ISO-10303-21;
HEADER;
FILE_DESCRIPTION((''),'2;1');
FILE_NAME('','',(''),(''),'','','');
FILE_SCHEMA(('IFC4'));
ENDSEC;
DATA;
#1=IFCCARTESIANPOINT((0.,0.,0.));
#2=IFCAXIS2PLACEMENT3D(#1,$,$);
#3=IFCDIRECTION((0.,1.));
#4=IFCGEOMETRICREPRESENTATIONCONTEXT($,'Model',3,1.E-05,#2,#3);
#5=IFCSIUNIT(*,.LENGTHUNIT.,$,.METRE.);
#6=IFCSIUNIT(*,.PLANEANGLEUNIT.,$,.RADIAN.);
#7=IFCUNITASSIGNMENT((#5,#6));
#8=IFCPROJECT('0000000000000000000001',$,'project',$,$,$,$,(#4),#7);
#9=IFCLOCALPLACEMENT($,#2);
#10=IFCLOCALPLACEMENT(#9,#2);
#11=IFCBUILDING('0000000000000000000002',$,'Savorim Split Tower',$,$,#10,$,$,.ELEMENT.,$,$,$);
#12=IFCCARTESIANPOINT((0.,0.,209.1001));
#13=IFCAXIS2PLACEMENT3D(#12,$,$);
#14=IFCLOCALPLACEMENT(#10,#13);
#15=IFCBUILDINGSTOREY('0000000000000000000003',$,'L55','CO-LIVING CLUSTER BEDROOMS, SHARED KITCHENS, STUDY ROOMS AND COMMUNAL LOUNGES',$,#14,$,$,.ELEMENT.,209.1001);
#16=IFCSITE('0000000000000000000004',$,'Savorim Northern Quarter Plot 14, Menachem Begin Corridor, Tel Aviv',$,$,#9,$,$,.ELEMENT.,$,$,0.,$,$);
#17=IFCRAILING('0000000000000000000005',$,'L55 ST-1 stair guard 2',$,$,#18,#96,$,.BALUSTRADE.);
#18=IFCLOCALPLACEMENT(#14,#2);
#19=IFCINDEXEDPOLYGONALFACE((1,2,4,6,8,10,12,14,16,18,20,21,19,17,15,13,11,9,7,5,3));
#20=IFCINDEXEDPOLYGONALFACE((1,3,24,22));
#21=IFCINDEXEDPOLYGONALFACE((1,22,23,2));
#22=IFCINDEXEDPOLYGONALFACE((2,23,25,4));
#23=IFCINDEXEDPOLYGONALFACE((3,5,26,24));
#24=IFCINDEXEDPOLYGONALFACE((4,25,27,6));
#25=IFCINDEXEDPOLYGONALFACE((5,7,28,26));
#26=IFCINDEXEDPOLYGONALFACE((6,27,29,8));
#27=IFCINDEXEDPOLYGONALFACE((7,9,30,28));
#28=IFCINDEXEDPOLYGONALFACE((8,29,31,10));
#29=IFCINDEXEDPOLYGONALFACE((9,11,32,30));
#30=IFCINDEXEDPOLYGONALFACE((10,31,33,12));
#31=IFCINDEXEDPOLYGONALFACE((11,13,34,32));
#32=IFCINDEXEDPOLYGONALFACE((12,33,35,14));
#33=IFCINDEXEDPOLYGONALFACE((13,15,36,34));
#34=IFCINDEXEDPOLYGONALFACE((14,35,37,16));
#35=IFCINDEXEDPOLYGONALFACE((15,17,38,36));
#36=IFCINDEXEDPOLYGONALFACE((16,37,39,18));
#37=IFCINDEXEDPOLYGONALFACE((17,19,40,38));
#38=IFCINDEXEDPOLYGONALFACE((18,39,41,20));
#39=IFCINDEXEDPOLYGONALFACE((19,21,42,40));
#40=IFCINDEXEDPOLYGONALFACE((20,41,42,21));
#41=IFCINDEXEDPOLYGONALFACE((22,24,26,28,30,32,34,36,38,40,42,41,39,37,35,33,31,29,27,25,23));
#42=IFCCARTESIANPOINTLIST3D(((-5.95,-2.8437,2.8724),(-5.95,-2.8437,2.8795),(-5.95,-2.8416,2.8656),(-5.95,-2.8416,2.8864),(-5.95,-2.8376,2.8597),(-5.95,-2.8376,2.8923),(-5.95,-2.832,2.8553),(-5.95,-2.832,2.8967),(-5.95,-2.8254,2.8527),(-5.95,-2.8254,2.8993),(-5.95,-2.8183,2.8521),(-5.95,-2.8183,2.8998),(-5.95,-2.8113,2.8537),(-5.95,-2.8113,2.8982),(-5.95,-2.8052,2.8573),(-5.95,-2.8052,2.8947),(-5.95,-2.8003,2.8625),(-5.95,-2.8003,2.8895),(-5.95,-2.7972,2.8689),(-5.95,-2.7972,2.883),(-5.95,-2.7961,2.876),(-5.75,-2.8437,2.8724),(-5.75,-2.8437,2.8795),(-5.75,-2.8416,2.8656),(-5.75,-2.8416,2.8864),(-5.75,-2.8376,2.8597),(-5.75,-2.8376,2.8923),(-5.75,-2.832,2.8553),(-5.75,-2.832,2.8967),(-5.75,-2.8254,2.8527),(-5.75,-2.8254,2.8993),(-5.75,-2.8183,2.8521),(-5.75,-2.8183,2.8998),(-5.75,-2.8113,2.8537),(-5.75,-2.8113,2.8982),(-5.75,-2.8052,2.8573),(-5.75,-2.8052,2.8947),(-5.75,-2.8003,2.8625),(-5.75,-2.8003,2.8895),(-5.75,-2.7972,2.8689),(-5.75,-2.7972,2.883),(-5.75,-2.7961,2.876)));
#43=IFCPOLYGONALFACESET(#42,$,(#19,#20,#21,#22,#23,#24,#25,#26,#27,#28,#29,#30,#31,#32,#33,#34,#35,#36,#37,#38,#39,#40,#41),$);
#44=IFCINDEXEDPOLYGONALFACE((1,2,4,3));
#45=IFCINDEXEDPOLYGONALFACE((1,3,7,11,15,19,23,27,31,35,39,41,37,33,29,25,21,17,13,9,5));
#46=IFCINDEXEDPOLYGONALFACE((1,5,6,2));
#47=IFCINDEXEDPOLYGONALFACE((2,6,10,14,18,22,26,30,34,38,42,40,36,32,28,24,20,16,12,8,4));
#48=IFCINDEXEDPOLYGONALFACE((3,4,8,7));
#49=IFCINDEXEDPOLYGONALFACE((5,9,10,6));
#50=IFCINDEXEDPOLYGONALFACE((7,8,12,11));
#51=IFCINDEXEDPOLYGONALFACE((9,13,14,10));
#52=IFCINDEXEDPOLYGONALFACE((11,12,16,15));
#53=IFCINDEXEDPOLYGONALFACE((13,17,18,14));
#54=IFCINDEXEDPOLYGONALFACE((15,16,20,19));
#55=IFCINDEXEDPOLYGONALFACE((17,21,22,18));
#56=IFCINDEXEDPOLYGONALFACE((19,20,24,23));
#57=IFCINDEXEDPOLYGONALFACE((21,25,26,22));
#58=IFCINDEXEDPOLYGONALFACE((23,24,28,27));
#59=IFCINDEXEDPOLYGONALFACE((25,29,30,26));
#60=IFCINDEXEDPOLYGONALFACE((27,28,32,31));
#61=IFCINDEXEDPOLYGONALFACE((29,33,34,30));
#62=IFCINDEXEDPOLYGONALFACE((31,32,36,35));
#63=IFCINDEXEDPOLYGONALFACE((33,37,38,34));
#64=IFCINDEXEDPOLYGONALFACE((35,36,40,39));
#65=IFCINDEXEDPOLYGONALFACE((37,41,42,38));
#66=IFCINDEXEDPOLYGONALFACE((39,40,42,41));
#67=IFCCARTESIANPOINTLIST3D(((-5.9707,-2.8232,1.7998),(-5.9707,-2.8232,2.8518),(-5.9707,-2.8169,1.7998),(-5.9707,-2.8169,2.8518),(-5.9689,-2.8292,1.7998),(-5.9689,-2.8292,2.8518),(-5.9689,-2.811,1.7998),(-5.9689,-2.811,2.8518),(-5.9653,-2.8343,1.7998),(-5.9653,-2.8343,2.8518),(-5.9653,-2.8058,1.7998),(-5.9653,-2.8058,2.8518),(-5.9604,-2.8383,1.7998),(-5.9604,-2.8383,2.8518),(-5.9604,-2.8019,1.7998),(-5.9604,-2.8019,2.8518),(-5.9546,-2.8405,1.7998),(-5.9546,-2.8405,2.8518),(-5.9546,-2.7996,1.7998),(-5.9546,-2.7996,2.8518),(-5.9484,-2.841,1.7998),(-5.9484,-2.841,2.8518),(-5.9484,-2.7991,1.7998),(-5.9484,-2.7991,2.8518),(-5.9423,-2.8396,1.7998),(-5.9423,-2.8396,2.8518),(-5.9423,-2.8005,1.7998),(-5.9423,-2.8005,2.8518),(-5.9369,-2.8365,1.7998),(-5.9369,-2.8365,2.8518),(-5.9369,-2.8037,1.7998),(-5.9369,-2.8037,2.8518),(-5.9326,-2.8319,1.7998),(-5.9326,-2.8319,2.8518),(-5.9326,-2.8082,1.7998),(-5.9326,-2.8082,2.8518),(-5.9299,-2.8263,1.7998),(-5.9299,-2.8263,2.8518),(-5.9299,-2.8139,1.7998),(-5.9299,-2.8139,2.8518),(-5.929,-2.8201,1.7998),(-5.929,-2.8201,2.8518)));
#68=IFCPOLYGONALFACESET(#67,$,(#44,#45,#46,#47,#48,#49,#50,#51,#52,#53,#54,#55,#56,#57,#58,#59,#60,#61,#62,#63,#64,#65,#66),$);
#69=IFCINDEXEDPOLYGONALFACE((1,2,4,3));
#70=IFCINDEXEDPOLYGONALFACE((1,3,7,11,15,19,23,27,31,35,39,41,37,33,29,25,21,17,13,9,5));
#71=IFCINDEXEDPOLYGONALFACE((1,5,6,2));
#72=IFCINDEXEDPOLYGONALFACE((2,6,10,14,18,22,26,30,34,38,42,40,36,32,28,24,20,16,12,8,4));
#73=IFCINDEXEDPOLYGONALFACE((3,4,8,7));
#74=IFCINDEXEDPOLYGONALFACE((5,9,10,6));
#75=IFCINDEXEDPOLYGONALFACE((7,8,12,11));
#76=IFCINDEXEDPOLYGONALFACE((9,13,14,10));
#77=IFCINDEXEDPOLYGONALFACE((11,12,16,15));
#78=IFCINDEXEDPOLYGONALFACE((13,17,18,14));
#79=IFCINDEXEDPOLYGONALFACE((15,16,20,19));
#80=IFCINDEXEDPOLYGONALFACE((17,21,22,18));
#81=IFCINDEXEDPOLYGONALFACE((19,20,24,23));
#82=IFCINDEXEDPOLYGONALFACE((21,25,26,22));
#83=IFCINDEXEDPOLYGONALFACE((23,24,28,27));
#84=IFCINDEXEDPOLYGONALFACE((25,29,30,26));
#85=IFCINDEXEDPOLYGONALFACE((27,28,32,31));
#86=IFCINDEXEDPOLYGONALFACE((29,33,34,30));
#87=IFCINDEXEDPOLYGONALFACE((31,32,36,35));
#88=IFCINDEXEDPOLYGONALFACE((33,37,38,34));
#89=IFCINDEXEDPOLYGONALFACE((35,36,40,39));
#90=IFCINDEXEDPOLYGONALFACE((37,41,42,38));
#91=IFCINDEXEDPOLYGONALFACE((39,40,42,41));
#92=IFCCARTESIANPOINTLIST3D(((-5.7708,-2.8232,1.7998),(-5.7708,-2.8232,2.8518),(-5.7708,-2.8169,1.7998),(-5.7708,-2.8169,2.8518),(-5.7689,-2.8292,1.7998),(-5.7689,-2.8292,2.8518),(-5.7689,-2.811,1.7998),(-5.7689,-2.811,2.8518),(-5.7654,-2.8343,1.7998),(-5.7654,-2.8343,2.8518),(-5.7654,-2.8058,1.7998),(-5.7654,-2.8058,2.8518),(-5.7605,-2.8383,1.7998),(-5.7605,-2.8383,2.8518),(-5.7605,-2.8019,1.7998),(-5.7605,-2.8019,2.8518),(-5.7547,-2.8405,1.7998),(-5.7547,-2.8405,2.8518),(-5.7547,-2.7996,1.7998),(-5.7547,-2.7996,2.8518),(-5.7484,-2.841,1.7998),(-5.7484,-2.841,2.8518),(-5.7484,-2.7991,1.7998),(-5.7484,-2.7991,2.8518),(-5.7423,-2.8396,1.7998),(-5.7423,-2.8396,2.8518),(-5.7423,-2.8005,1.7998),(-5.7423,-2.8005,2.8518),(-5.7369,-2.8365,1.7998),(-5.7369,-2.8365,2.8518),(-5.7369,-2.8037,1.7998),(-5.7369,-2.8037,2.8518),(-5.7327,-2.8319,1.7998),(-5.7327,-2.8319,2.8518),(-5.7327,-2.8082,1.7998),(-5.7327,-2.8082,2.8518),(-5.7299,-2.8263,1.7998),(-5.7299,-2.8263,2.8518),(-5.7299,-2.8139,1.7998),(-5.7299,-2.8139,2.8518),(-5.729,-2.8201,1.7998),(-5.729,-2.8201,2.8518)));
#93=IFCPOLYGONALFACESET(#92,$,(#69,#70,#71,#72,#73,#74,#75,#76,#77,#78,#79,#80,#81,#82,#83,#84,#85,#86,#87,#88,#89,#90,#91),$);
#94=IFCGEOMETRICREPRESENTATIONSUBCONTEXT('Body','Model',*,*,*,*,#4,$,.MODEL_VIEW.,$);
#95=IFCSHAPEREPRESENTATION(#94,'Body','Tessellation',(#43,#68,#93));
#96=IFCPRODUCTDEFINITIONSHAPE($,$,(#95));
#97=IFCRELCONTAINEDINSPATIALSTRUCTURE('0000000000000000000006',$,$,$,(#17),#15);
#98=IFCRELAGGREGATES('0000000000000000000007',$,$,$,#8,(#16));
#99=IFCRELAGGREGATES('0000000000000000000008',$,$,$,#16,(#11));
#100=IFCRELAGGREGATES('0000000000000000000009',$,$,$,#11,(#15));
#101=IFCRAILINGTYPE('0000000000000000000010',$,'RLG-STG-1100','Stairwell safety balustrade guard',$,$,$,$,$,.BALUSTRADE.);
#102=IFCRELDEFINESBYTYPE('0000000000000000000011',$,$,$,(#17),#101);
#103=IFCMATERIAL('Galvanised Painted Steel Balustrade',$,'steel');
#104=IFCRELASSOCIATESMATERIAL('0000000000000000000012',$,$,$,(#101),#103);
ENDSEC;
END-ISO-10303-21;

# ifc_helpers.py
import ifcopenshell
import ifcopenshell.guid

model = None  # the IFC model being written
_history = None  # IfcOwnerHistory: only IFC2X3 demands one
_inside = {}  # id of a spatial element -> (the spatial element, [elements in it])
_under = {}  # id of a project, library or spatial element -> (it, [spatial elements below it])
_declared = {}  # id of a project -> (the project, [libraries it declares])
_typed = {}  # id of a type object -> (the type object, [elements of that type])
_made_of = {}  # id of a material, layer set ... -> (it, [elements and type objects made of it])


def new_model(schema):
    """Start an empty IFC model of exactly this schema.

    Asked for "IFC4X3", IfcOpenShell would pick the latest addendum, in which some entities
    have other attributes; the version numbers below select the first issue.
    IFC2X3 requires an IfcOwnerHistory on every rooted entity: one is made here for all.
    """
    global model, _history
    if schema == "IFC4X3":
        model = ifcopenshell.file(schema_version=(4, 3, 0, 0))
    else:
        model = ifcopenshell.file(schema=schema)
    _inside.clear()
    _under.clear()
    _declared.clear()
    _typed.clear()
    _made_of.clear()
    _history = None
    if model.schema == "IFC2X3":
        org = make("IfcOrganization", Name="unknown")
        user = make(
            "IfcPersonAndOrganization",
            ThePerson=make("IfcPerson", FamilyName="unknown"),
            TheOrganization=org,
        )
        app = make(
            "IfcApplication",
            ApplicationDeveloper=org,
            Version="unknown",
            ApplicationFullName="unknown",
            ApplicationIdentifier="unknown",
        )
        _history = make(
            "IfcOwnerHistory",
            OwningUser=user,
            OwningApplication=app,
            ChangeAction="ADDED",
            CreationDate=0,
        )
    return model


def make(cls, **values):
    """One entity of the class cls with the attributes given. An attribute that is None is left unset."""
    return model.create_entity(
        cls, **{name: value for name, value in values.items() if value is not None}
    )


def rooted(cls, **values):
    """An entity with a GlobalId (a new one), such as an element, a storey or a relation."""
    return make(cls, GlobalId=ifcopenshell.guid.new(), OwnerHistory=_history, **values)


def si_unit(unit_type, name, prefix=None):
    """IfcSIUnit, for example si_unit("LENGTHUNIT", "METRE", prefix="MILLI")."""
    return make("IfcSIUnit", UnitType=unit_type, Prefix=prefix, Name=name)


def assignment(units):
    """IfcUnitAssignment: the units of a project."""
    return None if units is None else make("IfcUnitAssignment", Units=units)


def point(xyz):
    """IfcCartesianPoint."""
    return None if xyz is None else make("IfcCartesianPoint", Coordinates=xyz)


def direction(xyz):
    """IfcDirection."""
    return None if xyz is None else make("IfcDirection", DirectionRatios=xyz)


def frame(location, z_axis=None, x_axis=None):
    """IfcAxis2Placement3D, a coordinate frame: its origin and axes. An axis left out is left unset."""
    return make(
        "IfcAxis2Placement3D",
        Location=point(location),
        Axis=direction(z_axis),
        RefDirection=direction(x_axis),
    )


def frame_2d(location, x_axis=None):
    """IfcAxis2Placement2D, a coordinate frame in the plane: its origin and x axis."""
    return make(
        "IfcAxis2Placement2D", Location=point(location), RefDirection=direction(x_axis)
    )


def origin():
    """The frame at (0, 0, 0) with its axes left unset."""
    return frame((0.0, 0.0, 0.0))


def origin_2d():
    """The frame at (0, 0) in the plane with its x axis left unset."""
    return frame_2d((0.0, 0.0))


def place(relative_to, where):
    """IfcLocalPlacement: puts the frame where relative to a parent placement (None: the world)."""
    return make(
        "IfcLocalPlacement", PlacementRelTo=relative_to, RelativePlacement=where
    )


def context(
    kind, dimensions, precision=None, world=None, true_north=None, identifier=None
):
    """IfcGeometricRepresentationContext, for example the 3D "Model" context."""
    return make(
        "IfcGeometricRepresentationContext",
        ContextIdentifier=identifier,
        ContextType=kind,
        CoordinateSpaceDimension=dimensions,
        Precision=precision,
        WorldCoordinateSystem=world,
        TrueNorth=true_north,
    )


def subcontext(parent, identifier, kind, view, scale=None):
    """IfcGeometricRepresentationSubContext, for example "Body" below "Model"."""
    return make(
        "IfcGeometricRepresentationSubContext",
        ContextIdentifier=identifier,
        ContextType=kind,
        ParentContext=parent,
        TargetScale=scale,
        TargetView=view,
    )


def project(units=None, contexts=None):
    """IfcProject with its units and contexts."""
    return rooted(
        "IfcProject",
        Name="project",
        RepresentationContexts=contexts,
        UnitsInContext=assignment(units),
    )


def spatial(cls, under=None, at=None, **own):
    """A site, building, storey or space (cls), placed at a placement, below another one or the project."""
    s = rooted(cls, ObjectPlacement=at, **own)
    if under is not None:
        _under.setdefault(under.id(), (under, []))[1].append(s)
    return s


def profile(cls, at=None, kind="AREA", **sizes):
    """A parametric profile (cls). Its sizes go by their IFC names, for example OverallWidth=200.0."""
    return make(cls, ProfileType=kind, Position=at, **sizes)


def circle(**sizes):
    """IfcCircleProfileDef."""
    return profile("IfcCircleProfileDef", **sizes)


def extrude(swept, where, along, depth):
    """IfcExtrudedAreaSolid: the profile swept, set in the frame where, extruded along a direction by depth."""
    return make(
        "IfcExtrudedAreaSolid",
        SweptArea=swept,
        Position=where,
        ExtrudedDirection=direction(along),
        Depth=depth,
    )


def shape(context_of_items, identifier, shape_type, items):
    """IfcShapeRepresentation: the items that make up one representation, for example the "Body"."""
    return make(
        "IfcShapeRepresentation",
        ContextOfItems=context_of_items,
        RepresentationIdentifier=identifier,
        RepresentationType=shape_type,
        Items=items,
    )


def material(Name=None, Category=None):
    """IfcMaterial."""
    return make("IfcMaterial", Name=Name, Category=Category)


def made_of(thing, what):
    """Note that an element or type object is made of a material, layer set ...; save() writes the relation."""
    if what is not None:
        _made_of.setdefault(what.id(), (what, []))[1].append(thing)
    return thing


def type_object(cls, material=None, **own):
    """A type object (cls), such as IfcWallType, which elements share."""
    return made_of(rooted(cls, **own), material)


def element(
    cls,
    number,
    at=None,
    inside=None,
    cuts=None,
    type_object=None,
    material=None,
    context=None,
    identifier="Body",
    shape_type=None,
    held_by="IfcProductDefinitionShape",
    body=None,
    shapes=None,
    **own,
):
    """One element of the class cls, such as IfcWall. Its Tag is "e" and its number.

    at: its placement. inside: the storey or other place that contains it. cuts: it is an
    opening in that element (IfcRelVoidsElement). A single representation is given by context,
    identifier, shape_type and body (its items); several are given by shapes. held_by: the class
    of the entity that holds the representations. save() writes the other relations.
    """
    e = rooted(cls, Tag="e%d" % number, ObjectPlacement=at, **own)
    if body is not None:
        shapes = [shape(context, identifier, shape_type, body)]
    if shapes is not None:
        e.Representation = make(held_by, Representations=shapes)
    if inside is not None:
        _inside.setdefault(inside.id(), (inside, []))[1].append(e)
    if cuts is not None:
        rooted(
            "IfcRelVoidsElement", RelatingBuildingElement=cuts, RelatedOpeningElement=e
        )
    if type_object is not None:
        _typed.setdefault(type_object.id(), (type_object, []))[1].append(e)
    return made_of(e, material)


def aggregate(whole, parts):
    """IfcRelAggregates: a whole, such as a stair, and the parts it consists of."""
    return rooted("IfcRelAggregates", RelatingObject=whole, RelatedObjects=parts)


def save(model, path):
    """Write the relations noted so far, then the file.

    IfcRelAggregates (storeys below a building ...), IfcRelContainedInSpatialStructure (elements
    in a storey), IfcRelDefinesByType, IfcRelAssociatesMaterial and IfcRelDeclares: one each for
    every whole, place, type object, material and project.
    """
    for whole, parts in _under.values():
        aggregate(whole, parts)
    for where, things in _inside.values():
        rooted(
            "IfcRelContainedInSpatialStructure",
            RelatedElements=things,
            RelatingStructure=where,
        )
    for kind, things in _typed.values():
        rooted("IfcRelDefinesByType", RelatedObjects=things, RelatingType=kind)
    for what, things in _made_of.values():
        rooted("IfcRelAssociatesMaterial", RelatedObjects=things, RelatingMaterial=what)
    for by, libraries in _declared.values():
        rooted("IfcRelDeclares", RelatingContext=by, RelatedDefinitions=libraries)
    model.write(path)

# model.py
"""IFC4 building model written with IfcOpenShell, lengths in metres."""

from ifc_helpers import new_model, si_unit, direction, frame, origin, origin_2d, place, context, subcontext, project, spatial, circle, extrude, material, type_object, element, save


model = new_model("IFC4")

# Units and contexts
model_context = context("Model", 3, precision=1e-05, world=origin(), true_north=direction((0.0, 1.0)))
body_context = subcontext(model_context, "Body", "Model", "MODEL_VIEW")
ifc_project = project(units=[si_unit("LENGTHUNIT", "METRE"), si_unit("PLANEANGLEUNIT", "RADIAN")], contexts=[model_context])

# Site, building, storey
site_placement = place(None, origin())
site = spatial("IfcSite", under=ifc_project, at=site_placement, Name="Savorim Northern Quarter Plot 14, Menachem Begin Corridor, Tel Aviv", CompositionType="ELEMENT", RefElevation=0.0)
building_placement = place(site_placement, origin())
building = spatial("IfcBuilding", under=site, at=building_placement, Name="Savorim Split Tower", CompositionType="ELEMENT")
storey_placement = place(building_placement, frame((0.0, 0.0, 209.1001)))
storey = spatial("IfcBuildingStorey", under=building, at=storey_placement, Name="L55", Description="CO-LIVING CLUSTER BEDROOMS, SHARED KITCHENS, STUDY ROOMS AND COMMUNAL LOUNGES", CompositionType="ELEMENT", Elevation=209.1001)

# Railing
ifc_material_1 = material(Name="Galvanised Painted Steel Balustrade", Category="steel")
railing_type_1 = type_object("IfcRailingType", Name="RLG-STG-1100", Description="Stairwell safety balustrade guard", PredefinedType="BALUSTRADE", material=ifc_material_1)
railing_1_placement = place(storey_placement, frame((-5.95, -2.8201, 1.7998)))
element("IfcRailing", 1, at=railing_1_placement, inside=storey, type_object=railing_type_1, Name="L55 ST-1 stair guard 2", PredefinedType="BALUSTRADE", context=body_context, shape_type="SweptSolid", body=[
    extrude(circle(Radius=0.0239, at=origin_2d()), frame((0.0, 0.0, 1.0762), z_axis=(1.0, 0.0, 0.0), x_axis=(0.0, 1.0, 0.0)), (0.0, 0.0, 1.0), 0.2),
    extrude(circle(Radius=0.021, at=origin_2d()), origin(), (0.0, 0.0, 1.0), 1.052),
    extrude(circle(Radius=0.021, at=origin_2d()), frame((0.2, 0.0, 0.0)), (0.0, 0.0, 1.0), 1.052),
])

save(model, "model.ifc")
